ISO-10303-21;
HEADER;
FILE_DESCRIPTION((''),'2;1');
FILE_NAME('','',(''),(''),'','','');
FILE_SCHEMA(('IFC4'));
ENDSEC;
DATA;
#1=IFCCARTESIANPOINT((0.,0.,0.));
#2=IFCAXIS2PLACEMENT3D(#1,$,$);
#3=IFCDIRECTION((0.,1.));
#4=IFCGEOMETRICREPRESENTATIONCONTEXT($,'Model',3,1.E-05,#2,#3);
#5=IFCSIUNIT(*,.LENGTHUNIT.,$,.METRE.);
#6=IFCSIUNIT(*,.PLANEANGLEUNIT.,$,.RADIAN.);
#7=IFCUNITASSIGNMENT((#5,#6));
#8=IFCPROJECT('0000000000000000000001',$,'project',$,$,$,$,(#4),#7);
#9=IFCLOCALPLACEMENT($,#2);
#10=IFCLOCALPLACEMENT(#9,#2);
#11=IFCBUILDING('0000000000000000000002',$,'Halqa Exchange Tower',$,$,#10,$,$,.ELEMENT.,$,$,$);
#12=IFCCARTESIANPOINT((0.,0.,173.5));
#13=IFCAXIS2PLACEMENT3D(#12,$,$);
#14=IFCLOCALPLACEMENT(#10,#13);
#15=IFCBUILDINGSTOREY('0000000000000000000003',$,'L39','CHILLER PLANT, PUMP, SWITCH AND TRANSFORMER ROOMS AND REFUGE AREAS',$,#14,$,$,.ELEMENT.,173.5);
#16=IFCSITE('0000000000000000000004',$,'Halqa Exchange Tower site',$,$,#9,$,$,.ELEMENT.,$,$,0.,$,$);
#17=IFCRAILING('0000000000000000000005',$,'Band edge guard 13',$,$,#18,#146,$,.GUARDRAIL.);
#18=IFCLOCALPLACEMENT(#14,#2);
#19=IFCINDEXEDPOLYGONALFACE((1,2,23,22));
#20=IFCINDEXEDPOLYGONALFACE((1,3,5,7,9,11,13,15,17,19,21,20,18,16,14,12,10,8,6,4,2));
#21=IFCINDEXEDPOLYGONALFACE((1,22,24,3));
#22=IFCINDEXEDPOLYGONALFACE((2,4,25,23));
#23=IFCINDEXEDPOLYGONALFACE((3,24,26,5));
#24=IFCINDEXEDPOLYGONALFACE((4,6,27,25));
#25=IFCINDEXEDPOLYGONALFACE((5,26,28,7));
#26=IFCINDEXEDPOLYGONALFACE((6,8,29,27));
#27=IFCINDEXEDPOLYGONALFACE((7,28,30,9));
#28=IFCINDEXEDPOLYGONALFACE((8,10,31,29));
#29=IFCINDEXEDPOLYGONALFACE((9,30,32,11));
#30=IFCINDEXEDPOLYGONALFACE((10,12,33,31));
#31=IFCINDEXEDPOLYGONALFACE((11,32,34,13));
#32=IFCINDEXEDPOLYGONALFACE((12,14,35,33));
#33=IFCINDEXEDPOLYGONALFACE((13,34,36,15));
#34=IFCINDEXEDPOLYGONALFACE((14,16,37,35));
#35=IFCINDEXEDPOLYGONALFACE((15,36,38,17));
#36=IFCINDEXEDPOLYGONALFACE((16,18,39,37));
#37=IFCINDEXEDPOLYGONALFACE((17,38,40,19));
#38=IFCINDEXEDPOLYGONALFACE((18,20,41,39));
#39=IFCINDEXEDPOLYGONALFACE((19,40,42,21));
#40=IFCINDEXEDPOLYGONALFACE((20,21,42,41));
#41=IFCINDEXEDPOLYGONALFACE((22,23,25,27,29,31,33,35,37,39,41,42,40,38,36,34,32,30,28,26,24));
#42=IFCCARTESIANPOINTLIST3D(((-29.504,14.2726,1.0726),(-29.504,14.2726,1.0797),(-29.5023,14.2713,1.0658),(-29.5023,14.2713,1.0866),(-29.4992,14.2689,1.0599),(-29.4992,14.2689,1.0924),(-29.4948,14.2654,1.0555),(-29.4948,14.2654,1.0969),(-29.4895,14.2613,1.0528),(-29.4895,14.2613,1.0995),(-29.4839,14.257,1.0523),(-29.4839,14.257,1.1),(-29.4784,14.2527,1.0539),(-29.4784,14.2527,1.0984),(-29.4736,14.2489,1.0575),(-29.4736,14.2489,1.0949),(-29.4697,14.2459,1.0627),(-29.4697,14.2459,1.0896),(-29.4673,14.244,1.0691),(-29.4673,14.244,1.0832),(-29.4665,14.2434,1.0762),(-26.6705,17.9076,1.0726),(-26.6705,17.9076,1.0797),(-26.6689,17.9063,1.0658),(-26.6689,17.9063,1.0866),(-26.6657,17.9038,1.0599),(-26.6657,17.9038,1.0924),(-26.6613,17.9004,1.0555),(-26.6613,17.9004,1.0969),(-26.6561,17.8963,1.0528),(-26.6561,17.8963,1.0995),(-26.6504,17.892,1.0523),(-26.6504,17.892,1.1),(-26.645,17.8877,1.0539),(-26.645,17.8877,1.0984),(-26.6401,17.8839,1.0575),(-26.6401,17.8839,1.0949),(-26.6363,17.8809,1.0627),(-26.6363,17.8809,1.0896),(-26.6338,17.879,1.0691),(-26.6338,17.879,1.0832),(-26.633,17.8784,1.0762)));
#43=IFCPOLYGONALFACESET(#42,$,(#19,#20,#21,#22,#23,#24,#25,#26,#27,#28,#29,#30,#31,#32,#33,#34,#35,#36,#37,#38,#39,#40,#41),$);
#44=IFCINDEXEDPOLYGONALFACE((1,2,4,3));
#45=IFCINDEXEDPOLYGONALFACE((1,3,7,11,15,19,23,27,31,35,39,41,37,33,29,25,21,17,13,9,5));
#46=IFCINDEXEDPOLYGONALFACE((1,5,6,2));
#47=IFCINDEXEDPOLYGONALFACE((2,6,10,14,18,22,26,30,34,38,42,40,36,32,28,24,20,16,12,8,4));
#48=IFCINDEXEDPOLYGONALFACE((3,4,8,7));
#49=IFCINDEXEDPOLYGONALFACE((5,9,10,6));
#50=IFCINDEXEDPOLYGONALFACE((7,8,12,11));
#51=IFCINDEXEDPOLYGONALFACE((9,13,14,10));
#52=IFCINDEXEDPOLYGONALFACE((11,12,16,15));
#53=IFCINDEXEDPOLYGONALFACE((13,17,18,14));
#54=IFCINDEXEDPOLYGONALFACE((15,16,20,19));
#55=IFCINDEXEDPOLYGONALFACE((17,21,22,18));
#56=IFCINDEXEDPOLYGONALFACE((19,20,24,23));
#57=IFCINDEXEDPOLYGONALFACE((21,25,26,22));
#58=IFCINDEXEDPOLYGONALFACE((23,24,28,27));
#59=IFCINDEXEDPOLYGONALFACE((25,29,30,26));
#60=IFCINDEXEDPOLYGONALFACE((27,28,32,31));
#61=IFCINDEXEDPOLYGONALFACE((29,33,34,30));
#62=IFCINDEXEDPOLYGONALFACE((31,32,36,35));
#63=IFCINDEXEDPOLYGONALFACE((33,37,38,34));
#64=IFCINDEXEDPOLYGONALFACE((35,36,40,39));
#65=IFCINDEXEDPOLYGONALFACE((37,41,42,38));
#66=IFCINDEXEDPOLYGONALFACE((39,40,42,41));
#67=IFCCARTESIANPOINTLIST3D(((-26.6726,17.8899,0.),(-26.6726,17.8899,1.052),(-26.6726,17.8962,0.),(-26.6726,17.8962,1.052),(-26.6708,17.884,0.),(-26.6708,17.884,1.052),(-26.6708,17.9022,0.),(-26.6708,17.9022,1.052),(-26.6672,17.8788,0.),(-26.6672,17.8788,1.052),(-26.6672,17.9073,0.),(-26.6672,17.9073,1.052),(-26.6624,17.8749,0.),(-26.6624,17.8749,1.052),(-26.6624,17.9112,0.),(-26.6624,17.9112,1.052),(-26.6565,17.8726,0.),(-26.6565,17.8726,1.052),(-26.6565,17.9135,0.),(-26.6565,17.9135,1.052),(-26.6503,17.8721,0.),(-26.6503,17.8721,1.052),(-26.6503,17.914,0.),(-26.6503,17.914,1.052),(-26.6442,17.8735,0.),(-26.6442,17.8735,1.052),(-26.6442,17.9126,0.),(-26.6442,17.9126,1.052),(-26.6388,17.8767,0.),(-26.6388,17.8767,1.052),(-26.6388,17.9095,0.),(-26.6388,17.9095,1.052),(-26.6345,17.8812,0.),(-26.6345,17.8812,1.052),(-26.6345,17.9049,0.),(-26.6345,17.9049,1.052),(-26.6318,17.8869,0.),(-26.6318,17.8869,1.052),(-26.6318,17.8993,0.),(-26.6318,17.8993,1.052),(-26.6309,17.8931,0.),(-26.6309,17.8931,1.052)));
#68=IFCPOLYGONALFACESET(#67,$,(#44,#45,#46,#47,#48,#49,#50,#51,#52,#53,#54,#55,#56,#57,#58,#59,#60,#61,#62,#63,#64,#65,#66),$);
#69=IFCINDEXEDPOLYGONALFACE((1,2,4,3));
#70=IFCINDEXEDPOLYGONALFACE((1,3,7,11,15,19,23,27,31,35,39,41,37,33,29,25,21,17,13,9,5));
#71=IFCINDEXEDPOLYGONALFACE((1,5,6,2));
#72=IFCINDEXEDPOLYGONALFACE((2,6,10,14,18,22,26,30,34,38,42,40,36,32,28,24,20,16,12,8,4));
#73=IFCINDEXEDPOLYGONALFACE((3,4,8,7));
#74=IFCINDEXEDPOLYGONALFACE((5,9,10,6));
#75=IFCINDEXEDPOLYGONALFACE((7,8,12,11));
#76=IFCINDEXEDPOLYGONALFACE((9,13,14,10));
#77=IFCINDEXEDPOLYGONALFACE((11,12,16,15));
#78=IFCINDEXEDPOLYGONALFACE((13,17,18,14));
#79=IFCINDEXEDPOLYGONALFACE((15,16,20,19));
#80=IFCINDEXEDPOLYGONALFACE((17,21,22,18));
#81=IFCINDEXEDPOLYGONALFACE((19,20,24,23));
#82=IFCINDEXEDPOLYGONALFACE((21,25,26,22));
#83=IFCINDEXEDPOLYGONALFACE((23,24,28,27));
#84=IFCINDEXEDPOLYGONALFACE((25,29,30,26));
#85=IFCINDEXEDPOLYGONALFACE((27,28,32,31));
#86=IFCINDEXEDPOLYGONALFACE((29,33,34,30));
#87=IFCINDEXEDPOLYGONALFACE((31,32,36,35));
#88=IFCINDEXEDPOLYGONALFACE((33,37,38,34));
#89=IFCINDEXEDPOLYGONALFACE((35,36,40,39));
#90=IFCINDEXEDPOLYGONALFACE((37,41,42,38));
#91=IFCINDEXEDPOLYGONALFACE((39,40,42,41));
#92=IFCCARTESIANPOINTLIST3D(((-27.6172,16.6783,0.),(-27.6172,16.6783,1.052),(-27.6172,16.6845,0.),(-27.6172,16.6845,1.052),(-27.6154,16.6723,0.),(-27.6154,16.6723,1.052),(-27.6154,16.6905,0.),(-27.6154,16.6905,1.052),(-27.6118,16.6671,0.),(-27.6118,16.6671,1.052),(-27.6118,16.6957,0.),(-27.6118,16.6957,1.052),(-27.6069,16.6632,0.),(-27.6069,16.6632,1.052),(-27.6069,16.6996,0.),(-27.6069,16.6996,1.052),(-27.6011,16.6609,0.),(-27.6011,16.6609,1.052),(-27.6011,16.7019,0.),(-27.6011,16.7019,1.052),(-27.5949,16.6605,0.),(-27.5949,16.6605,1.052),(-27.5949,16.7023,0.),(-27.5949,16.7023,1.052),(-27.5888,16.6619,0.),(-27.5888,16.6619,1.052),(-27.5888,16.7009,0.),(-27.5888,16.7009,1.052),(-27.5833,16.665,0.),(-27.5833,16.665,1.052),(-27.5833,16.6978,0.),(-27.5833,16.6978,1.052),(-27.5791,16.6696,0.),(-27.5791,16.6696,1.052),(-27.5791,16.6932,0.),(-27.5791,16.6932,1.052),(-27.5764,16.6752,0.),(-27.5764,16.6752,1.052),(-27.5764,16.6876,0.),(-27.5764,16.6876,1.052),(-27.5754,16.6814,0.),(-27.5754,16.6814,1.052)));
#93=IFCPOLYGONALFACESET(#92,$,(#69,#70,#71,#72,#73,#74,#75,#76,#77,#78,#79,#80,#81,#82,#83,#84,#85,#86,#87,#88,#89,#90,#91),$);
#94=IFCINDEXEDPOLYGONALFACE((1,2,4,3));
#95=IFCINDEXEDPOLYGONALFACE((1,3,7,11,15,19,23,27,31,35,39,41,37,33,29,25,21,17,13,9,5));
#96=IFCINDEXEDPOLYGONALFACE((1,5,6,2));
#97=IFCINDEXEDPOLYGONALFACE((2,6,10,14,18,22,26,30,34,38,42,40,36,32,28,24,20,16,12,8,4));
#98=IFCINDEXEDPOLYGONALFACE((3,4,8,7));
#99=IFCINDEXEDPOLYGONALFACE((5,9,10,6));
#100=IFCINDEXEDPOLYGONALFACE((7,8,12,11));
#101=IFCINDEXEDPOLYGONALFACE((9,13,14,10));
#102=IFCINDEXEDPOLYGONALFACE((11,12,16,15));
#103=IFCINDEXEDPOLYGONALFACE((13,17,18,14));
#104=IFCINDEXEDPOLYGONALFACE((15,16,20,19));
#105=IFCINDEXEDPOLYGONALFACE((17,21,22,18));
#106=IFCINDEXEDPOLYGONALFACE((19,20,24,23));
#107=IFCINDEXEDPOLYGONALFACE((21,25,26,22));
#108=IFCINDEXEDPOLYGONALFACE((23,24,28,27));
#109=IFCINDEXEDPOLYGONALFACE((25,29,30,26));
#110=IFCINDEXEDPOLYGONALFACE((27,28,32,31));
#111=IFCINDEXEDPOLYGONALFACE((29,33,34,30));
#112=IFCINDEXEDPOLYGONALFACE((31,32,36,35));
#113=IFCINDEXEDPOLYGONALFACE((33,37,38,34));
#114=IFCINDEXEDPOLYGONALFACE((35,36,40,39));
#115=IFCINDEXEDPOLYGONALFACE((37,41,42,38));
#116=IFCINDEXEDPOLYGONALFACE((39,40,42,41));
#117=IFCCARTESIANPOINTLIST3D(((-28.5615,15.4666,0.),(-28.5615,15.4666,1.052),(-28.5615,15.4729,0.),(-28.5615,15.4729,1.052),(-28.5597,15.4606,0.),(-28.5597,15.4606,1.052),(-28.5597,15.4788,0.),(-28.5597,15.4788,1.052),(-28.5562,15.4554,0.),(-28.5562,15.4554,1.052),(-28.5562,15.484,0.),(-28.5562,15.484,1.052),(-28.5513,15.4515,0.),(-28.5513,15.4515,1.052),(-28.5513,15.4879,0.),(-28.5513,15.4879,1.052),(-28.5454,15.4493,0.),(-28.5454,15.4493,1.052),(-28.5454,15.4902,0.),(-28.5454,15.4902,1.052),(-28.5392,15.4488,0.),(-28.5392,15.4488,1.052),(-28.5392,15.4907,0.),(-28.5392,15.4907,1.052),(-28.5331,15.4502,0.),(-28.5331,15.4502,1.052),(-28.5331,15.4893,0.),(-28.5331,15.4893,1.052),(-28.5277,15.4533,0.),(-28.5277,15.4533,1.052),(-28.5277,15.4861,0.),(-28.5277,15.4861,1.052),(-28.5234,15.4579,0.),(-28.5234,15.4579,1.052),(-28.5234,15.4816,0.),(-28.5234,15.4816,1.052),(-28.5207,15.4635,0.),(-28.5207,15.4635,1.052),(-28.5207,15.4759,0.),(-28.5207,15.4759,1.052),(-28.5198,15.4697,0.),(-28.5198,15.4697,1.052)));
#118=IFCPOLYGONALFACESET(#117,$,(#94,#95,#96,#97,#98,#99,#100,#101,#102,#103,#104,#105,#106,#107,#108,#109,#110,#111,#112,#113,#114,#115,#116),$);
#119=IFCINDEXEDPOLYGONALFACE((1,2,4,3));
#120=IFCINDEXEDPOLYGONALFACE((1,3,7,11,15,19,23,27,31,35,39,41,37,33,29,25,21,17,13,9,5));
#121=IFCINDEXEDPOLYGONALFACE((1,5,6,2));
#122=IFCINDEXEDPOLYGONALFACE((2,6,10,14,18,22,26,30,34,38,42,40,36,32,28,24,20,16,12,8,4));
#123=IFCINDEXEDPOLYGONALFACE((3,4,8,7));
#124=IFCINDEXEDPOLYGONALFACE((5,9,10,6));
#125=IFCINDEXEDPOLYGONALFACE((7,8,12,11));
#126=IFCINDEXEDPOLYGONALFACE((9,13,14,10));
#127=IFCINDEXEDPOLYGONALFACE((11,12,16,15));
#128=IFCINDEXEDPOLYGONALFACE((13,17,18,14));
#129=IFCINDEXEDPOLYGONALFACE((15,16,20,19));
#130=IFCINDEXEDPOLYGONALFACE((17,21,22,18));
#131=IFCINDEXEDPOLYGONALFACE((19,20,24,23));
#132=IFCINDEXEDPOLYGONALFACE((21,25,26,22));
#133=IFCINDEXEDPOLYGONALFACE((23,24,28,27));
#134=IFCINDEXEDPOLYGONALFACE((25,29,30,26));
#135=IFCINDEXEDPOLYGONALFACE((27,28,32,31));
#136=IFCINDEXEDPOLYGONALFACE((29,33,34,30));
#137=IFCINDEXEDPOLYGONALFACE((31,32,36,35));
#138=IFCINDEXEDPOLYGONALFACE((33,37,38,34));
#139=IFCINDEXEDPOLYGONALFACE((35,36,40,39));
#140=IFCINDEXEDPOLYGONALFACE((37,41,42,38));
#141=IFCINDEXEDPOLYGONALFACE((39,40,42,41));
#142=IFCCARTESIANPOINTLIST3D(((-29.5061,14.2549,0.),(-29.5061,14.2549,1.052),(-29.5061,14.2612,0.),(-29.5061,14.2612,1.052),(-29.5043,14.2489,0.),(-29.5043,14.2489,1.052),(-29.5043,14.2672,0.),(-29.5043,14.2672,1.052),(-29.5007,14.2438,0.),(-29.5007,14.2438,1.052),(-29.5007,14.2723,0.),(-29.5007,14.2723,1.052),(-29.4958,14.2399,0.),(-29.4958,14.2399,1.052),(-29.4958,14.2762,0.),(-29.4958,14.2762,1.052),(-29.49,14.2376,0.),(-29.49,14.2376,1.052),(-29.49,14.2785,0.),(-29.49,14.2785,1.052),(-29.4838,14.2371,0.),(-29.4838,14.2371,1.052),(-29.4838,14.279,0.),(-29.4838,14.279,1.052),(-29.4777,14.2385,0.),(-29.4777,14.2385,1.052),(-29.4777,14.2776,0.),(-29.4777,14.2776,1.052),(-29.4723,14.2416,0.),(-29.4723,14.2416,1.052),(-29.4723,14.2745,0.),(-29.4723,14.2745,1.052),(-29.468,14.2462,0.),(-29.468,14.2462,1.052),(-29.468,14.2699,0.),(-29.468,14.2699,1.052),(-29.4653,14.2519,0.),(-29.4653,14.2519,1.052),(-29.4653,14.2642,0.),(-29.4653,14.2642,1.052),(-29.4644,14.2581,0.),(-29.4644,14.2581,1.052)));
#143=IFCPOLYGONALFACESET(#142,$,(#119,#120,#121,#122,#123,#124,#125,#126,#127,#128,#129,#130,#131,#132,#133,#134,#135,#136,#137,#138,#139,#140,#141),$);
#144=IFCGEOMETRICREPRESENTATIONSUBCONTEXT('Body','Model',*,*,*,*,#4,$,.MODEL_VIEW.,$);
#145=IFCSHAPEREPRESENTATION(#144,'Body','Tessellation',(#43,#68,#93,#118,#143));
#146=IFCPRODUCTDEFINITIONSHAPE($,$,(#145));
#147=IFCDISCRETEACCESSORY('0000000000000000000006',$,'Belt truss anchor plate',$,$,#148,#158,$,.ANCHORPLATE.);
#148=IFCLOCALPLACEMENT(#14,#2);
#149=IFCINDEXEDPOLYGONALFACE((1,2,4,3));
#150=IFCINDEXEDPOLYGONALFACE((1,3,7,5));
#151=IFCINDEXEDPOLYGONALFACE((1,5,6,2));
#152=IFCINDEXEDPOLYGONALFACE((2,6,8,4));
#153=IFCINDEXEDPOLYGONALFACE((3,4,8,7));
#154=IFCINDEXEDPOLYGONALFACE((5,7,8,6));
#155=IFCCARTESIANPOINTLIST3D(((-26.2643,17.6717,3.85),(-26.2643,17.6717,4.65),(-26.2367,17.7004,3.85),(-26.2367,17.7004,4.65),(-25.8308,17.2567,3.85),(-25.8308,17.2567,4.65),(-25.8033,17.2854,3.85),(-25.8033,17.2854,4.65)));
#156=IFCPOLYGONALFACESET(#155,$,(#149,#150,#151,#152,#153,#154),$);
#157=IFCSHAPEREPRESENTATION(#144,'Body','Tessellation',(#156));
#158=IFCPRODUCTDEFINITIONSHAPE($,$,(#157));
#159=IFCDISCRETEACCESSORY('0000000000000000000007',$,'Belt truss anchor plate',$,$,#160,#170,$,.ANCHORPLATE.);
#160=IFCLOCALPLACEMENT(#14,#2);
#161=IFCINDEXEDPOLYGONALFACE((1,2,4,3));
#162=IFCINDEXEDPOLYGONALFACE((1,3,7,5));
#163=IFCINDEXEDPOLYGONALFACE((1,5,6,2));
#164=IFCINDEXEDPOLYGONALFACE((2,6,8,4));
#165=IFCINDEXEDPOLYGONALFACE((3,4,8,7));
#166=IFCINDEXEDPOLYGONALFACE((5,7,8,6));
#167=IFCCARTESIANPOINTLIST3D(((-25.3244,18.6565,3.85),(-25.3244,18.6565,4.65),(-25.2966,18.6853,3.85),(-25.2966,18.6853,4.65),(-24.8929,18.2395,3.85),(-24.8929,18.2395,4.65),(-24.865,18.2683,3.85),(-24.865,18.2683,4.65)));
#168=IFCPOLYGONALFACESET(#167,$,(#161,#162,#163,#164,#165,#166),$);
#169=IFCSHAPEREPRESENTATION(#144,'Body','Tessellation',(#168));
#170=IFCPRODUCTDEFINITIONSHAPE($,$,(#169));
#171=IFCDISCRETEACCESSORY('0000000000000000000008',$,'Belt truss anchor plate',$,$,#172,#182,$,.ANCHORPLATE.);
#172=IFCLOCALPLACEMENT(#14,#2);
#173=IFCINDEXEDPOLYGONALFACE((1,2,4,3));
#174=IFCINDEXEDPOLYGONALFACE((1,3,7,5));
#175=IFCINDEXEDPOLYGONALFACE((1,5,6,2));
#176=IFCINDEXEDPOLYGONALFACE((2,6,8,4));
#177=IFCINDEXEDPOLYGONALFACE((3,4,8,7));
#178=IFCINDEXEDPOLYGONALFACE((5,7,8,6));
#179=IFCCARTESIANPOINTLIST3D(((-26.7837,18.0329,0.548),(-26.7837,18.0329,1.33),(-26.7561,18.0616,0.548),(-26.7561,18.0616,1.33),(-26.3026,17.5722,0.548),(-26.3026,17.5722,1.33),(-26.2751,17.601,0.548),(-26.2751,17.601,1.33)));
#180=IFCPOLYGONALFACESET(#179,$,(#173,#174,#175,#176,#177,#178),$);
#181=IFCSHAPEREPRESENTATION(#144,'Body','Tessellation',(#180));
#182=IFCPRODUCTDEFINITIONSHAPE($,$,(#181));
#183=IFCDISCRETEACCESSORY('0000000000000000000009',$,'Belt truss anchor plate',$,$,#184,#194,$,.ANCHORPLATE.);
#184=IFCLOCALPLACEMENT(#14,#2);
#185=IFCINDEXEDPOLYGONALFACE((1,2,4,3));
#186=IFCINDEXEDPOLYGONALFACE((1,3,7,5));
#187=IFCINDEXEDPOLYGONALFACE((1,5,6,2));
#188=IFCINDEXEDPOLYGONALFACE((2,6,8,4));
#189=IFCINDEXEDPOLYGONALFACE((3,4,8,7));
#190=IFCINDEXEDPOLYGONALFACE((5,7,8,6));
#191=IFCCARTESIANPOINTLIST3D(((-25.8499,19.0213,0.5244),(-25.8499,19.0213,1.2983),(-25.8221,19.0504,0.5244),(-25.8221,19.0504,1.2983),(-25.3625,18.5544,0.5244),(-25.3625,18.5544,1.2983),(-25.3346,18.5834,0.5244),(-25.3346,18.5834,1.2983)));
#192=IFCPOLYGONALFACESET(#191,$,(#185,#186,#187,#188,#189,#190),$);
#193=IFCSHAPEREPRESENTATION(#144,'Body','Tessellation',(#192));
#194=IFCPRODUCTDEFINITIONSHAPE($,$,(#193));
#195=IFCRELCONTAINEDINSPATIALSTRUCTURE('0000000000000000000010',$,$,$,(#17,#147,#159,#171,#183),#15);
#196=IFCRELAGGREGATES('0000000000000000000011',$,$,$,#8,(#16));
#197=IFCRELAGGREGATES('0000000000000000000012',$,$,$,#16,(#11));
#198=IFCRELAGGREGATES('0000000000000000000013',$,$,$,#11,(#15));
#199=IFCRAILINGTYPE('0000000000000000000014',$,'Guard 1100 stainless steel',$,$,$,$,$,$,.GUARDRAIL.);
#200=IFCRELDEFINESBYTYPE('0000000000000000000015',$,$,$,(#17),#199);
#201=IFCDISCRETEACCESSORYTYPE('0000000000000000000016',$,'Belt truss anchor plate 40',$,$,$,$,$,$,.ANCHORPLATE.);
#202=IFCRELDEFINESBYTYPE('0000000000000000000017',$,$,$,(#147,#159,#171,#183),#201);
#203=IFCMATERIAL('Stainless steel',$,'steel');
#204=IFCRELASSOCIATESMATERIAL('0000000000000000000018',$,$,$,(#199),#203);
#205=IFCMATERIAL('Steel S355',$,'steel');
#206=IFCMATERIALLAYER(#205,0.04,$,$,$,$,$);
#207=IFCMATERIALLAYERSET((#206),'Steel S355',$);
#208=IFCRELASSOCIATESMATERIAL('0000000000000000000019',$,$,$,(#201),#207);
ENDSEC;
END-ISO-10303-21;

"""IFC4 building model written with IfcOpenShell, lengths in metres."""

from ifc_helpers import new_model, si_unit, direction, frame, origin, origin_2d, place, context, subcontext, project, spatial, rectangle, circle, extrude, material, layer, layer_set, type_object, element, save


model = new_model("IFC4")

# Units and contexts
model_context = context("Model", 3, precision=1e-05, world=origin(), true_north=direction((0.0, 1.0)))
body_context = subcontext(model_context, "Body", "Model", "MODEL_VIEW")
ifc_project = project(units=[si_unit("LENGTHUNIT", "METRE"), si_unit("PLANEANGLEUNIT", "RADIAN")], contexts=[model_context])

# Site, building, storey
site_placement = place(None, origin())
site = spatial("IfcSite", under=ifc_project, at=site_placement, Name="Halqa Exchange Tower site", CompositionType="ELEMENT", RefElevation=0.0)
building_placement = place(site_placement, origin())
building = spatial("IfcBuilding", under=site, at=building_placement, Name="Halqa Exchange Tower", CompositionType="ELEMENT")
storey_placement = place(building_placement, frame((0.0, 0.0, 173.5)))
storey = spatial("IfcBuildingStorey", under=building, at=storey_placement, Name="L39", Description="CHILLER PLANT, PUMP, SWITCH AND TRANSFORMER ROOMS AND REFUGE AREAS", CompositionType="ELEMENT", Elevation=173.5)

# Shared definitions
ifc_material_1 = material(Name="Steel S355", Category="steel")

# Railing
ifc_material_2 = material(Name="Stainless steel", Category="steel")
railing_type = type_object("IfcRailingType", Name="Guard 1100 stainless steel", PredefinedType="GUARDRAIL", material=ifc_material_2)
railing_1_placement = place(storey_placement, frame((-26.6519, 17.8931, 0.0)))
element("IfcRailing", 1, at=railing_1_placement, inside=storey, type_object=railing_type, Name="Band edge guard 13", PredefinedType="GUARDRAIL", context=body_context, shape_type="SweptSolid", body=[
    extrude(circle(Radius=0.0239, at=origin_2d()), frame((0.0, 0.0, 1.0762), z_axis=(-0.614787, -0.788693, 0.0), x_axis=(0.788693, -0.614787, 0.0)), (0.0, 0.0, 1.0), 4.6089),
    extrude(circle(Radius=0.021, at=origin_2d()), origin(), (0.0, 0.0, 1.0), 1.052),
    extrude(circle(Radius=0.021, at=origin_2d()), frame((-0.9446, -1.2117, 0.0)), (0.0, 0.0, 1.0), 1.052),
    extrude(circle(Radius=0.021, at=origin_2d()), frame((-1.8889, -2.4233, 0.0)), (0.0, 0.0, 1.0), 1.052),
    extrude(circle(Radius=0.021, at=origin_2d()), frame((-2.8335, -3.635, 0.0)), (0.0, 0.0, 1.0), 1.052),
])

# Discrete accessories
ifc_layer_1 = layer(ifc_material_1, 0.04)
ifc_layer_set_1 = layer_set([ifc_layer_1], Name="Steel S355")
discrete_accessory_type = type_object("IfcDiscreteAccessoryType", Name="Belt truss anchor plate 40", PredefinedType="ANCHORPLATE", material=ifc_layer_set_1)
discrete_accessory_1_placement = place(storey_placement, frame((-26.02, 17.4929, 4.25), z_axis=(-0.691639, -0.722243, 0.0), x_axis=(0.722243, -0.691639, 0.0)))
element("IfcDiscreteAccessory", 2, at=discrete_accessory_1_placement, inside=storey, type_object=discrete_accessory_type, Name="Belt truss anchor plate", PredefinedType="ANCHORPLATE", context=body_context, shape_type="SweptSolid", body=[
    extrude(rectangle(XDim=0.6001, YDim=0.8, at=origin_2d()), origin(), (0.0, 0.0, 1.0), 0.0398),
])
discrete_accessory_2_placement = place(storey_placement, frame((-25.1086, 18.448, 4.25), z_axis=(0.694812, 0.719191, 0.0), x_axis=(-0.719191, 0.694812, 0.0)))
element("IfcDiscreteAccessory", 3, at=discrete_accessory_2_placement, inside=storey, type_object=discrete_accessory_type, Name="Belt truss anchor plate", PredefinedType="ANCHORPLATE", context=body_context, shape_type="SweptSolid", body=[
    extrude(rectangle(XDim=0.6001, YDim=0.8, at=origin_2d()), origin(), (0.0, 0.0, 1.0), 0.04),
])
discrete_accessory_3_placement = place(storey_placement, frame((-26.5156, 17.8313, 0.939), z_axis=(-0.691639, -0.722243, 0.0), x_axis=(0.722243, -0.691639, 0.0)))
element("IfcDiscreteAccessory", 4, at=discrete_accessory_3_placement, inside=storey, type_object=discrete_accessory_type, Name="Belt truss anchor plate", PredefinedType="ANCHORPLATE", context=body_context, shape_type="SweptSolid", body=[
    extrude(rectangle(XDim=0.666, YDim=0.782, at=origin_2d()), origin(), (0.0, 0.0, 1.0), 0.0398),
])
discrete_accessory_4_placement = place(storey_placement, frame((-25.6062, 18.7878, 0.9114), z_axis=(0.691774, 0.722114, 0.0), x_axis=(-0.722114, 0.691774, 0.0)))
element("IfcDiscreteAccessory", 5, at=discrete_accessory_4_placement, inside=storey, type_object=discrete_accessory_type, Name="Belt truss anchor plate", PredefinedType="ANCHORPLATE", context=body_context, shape_type="SweptSolid", body=[
    extrude(rectangle(XDim=0.675, YDim=0.7739, at=origin_2d()), origin(), (0.0, 0.0, 1.0), 0.0403),
])

save(model, "model.ifc")
